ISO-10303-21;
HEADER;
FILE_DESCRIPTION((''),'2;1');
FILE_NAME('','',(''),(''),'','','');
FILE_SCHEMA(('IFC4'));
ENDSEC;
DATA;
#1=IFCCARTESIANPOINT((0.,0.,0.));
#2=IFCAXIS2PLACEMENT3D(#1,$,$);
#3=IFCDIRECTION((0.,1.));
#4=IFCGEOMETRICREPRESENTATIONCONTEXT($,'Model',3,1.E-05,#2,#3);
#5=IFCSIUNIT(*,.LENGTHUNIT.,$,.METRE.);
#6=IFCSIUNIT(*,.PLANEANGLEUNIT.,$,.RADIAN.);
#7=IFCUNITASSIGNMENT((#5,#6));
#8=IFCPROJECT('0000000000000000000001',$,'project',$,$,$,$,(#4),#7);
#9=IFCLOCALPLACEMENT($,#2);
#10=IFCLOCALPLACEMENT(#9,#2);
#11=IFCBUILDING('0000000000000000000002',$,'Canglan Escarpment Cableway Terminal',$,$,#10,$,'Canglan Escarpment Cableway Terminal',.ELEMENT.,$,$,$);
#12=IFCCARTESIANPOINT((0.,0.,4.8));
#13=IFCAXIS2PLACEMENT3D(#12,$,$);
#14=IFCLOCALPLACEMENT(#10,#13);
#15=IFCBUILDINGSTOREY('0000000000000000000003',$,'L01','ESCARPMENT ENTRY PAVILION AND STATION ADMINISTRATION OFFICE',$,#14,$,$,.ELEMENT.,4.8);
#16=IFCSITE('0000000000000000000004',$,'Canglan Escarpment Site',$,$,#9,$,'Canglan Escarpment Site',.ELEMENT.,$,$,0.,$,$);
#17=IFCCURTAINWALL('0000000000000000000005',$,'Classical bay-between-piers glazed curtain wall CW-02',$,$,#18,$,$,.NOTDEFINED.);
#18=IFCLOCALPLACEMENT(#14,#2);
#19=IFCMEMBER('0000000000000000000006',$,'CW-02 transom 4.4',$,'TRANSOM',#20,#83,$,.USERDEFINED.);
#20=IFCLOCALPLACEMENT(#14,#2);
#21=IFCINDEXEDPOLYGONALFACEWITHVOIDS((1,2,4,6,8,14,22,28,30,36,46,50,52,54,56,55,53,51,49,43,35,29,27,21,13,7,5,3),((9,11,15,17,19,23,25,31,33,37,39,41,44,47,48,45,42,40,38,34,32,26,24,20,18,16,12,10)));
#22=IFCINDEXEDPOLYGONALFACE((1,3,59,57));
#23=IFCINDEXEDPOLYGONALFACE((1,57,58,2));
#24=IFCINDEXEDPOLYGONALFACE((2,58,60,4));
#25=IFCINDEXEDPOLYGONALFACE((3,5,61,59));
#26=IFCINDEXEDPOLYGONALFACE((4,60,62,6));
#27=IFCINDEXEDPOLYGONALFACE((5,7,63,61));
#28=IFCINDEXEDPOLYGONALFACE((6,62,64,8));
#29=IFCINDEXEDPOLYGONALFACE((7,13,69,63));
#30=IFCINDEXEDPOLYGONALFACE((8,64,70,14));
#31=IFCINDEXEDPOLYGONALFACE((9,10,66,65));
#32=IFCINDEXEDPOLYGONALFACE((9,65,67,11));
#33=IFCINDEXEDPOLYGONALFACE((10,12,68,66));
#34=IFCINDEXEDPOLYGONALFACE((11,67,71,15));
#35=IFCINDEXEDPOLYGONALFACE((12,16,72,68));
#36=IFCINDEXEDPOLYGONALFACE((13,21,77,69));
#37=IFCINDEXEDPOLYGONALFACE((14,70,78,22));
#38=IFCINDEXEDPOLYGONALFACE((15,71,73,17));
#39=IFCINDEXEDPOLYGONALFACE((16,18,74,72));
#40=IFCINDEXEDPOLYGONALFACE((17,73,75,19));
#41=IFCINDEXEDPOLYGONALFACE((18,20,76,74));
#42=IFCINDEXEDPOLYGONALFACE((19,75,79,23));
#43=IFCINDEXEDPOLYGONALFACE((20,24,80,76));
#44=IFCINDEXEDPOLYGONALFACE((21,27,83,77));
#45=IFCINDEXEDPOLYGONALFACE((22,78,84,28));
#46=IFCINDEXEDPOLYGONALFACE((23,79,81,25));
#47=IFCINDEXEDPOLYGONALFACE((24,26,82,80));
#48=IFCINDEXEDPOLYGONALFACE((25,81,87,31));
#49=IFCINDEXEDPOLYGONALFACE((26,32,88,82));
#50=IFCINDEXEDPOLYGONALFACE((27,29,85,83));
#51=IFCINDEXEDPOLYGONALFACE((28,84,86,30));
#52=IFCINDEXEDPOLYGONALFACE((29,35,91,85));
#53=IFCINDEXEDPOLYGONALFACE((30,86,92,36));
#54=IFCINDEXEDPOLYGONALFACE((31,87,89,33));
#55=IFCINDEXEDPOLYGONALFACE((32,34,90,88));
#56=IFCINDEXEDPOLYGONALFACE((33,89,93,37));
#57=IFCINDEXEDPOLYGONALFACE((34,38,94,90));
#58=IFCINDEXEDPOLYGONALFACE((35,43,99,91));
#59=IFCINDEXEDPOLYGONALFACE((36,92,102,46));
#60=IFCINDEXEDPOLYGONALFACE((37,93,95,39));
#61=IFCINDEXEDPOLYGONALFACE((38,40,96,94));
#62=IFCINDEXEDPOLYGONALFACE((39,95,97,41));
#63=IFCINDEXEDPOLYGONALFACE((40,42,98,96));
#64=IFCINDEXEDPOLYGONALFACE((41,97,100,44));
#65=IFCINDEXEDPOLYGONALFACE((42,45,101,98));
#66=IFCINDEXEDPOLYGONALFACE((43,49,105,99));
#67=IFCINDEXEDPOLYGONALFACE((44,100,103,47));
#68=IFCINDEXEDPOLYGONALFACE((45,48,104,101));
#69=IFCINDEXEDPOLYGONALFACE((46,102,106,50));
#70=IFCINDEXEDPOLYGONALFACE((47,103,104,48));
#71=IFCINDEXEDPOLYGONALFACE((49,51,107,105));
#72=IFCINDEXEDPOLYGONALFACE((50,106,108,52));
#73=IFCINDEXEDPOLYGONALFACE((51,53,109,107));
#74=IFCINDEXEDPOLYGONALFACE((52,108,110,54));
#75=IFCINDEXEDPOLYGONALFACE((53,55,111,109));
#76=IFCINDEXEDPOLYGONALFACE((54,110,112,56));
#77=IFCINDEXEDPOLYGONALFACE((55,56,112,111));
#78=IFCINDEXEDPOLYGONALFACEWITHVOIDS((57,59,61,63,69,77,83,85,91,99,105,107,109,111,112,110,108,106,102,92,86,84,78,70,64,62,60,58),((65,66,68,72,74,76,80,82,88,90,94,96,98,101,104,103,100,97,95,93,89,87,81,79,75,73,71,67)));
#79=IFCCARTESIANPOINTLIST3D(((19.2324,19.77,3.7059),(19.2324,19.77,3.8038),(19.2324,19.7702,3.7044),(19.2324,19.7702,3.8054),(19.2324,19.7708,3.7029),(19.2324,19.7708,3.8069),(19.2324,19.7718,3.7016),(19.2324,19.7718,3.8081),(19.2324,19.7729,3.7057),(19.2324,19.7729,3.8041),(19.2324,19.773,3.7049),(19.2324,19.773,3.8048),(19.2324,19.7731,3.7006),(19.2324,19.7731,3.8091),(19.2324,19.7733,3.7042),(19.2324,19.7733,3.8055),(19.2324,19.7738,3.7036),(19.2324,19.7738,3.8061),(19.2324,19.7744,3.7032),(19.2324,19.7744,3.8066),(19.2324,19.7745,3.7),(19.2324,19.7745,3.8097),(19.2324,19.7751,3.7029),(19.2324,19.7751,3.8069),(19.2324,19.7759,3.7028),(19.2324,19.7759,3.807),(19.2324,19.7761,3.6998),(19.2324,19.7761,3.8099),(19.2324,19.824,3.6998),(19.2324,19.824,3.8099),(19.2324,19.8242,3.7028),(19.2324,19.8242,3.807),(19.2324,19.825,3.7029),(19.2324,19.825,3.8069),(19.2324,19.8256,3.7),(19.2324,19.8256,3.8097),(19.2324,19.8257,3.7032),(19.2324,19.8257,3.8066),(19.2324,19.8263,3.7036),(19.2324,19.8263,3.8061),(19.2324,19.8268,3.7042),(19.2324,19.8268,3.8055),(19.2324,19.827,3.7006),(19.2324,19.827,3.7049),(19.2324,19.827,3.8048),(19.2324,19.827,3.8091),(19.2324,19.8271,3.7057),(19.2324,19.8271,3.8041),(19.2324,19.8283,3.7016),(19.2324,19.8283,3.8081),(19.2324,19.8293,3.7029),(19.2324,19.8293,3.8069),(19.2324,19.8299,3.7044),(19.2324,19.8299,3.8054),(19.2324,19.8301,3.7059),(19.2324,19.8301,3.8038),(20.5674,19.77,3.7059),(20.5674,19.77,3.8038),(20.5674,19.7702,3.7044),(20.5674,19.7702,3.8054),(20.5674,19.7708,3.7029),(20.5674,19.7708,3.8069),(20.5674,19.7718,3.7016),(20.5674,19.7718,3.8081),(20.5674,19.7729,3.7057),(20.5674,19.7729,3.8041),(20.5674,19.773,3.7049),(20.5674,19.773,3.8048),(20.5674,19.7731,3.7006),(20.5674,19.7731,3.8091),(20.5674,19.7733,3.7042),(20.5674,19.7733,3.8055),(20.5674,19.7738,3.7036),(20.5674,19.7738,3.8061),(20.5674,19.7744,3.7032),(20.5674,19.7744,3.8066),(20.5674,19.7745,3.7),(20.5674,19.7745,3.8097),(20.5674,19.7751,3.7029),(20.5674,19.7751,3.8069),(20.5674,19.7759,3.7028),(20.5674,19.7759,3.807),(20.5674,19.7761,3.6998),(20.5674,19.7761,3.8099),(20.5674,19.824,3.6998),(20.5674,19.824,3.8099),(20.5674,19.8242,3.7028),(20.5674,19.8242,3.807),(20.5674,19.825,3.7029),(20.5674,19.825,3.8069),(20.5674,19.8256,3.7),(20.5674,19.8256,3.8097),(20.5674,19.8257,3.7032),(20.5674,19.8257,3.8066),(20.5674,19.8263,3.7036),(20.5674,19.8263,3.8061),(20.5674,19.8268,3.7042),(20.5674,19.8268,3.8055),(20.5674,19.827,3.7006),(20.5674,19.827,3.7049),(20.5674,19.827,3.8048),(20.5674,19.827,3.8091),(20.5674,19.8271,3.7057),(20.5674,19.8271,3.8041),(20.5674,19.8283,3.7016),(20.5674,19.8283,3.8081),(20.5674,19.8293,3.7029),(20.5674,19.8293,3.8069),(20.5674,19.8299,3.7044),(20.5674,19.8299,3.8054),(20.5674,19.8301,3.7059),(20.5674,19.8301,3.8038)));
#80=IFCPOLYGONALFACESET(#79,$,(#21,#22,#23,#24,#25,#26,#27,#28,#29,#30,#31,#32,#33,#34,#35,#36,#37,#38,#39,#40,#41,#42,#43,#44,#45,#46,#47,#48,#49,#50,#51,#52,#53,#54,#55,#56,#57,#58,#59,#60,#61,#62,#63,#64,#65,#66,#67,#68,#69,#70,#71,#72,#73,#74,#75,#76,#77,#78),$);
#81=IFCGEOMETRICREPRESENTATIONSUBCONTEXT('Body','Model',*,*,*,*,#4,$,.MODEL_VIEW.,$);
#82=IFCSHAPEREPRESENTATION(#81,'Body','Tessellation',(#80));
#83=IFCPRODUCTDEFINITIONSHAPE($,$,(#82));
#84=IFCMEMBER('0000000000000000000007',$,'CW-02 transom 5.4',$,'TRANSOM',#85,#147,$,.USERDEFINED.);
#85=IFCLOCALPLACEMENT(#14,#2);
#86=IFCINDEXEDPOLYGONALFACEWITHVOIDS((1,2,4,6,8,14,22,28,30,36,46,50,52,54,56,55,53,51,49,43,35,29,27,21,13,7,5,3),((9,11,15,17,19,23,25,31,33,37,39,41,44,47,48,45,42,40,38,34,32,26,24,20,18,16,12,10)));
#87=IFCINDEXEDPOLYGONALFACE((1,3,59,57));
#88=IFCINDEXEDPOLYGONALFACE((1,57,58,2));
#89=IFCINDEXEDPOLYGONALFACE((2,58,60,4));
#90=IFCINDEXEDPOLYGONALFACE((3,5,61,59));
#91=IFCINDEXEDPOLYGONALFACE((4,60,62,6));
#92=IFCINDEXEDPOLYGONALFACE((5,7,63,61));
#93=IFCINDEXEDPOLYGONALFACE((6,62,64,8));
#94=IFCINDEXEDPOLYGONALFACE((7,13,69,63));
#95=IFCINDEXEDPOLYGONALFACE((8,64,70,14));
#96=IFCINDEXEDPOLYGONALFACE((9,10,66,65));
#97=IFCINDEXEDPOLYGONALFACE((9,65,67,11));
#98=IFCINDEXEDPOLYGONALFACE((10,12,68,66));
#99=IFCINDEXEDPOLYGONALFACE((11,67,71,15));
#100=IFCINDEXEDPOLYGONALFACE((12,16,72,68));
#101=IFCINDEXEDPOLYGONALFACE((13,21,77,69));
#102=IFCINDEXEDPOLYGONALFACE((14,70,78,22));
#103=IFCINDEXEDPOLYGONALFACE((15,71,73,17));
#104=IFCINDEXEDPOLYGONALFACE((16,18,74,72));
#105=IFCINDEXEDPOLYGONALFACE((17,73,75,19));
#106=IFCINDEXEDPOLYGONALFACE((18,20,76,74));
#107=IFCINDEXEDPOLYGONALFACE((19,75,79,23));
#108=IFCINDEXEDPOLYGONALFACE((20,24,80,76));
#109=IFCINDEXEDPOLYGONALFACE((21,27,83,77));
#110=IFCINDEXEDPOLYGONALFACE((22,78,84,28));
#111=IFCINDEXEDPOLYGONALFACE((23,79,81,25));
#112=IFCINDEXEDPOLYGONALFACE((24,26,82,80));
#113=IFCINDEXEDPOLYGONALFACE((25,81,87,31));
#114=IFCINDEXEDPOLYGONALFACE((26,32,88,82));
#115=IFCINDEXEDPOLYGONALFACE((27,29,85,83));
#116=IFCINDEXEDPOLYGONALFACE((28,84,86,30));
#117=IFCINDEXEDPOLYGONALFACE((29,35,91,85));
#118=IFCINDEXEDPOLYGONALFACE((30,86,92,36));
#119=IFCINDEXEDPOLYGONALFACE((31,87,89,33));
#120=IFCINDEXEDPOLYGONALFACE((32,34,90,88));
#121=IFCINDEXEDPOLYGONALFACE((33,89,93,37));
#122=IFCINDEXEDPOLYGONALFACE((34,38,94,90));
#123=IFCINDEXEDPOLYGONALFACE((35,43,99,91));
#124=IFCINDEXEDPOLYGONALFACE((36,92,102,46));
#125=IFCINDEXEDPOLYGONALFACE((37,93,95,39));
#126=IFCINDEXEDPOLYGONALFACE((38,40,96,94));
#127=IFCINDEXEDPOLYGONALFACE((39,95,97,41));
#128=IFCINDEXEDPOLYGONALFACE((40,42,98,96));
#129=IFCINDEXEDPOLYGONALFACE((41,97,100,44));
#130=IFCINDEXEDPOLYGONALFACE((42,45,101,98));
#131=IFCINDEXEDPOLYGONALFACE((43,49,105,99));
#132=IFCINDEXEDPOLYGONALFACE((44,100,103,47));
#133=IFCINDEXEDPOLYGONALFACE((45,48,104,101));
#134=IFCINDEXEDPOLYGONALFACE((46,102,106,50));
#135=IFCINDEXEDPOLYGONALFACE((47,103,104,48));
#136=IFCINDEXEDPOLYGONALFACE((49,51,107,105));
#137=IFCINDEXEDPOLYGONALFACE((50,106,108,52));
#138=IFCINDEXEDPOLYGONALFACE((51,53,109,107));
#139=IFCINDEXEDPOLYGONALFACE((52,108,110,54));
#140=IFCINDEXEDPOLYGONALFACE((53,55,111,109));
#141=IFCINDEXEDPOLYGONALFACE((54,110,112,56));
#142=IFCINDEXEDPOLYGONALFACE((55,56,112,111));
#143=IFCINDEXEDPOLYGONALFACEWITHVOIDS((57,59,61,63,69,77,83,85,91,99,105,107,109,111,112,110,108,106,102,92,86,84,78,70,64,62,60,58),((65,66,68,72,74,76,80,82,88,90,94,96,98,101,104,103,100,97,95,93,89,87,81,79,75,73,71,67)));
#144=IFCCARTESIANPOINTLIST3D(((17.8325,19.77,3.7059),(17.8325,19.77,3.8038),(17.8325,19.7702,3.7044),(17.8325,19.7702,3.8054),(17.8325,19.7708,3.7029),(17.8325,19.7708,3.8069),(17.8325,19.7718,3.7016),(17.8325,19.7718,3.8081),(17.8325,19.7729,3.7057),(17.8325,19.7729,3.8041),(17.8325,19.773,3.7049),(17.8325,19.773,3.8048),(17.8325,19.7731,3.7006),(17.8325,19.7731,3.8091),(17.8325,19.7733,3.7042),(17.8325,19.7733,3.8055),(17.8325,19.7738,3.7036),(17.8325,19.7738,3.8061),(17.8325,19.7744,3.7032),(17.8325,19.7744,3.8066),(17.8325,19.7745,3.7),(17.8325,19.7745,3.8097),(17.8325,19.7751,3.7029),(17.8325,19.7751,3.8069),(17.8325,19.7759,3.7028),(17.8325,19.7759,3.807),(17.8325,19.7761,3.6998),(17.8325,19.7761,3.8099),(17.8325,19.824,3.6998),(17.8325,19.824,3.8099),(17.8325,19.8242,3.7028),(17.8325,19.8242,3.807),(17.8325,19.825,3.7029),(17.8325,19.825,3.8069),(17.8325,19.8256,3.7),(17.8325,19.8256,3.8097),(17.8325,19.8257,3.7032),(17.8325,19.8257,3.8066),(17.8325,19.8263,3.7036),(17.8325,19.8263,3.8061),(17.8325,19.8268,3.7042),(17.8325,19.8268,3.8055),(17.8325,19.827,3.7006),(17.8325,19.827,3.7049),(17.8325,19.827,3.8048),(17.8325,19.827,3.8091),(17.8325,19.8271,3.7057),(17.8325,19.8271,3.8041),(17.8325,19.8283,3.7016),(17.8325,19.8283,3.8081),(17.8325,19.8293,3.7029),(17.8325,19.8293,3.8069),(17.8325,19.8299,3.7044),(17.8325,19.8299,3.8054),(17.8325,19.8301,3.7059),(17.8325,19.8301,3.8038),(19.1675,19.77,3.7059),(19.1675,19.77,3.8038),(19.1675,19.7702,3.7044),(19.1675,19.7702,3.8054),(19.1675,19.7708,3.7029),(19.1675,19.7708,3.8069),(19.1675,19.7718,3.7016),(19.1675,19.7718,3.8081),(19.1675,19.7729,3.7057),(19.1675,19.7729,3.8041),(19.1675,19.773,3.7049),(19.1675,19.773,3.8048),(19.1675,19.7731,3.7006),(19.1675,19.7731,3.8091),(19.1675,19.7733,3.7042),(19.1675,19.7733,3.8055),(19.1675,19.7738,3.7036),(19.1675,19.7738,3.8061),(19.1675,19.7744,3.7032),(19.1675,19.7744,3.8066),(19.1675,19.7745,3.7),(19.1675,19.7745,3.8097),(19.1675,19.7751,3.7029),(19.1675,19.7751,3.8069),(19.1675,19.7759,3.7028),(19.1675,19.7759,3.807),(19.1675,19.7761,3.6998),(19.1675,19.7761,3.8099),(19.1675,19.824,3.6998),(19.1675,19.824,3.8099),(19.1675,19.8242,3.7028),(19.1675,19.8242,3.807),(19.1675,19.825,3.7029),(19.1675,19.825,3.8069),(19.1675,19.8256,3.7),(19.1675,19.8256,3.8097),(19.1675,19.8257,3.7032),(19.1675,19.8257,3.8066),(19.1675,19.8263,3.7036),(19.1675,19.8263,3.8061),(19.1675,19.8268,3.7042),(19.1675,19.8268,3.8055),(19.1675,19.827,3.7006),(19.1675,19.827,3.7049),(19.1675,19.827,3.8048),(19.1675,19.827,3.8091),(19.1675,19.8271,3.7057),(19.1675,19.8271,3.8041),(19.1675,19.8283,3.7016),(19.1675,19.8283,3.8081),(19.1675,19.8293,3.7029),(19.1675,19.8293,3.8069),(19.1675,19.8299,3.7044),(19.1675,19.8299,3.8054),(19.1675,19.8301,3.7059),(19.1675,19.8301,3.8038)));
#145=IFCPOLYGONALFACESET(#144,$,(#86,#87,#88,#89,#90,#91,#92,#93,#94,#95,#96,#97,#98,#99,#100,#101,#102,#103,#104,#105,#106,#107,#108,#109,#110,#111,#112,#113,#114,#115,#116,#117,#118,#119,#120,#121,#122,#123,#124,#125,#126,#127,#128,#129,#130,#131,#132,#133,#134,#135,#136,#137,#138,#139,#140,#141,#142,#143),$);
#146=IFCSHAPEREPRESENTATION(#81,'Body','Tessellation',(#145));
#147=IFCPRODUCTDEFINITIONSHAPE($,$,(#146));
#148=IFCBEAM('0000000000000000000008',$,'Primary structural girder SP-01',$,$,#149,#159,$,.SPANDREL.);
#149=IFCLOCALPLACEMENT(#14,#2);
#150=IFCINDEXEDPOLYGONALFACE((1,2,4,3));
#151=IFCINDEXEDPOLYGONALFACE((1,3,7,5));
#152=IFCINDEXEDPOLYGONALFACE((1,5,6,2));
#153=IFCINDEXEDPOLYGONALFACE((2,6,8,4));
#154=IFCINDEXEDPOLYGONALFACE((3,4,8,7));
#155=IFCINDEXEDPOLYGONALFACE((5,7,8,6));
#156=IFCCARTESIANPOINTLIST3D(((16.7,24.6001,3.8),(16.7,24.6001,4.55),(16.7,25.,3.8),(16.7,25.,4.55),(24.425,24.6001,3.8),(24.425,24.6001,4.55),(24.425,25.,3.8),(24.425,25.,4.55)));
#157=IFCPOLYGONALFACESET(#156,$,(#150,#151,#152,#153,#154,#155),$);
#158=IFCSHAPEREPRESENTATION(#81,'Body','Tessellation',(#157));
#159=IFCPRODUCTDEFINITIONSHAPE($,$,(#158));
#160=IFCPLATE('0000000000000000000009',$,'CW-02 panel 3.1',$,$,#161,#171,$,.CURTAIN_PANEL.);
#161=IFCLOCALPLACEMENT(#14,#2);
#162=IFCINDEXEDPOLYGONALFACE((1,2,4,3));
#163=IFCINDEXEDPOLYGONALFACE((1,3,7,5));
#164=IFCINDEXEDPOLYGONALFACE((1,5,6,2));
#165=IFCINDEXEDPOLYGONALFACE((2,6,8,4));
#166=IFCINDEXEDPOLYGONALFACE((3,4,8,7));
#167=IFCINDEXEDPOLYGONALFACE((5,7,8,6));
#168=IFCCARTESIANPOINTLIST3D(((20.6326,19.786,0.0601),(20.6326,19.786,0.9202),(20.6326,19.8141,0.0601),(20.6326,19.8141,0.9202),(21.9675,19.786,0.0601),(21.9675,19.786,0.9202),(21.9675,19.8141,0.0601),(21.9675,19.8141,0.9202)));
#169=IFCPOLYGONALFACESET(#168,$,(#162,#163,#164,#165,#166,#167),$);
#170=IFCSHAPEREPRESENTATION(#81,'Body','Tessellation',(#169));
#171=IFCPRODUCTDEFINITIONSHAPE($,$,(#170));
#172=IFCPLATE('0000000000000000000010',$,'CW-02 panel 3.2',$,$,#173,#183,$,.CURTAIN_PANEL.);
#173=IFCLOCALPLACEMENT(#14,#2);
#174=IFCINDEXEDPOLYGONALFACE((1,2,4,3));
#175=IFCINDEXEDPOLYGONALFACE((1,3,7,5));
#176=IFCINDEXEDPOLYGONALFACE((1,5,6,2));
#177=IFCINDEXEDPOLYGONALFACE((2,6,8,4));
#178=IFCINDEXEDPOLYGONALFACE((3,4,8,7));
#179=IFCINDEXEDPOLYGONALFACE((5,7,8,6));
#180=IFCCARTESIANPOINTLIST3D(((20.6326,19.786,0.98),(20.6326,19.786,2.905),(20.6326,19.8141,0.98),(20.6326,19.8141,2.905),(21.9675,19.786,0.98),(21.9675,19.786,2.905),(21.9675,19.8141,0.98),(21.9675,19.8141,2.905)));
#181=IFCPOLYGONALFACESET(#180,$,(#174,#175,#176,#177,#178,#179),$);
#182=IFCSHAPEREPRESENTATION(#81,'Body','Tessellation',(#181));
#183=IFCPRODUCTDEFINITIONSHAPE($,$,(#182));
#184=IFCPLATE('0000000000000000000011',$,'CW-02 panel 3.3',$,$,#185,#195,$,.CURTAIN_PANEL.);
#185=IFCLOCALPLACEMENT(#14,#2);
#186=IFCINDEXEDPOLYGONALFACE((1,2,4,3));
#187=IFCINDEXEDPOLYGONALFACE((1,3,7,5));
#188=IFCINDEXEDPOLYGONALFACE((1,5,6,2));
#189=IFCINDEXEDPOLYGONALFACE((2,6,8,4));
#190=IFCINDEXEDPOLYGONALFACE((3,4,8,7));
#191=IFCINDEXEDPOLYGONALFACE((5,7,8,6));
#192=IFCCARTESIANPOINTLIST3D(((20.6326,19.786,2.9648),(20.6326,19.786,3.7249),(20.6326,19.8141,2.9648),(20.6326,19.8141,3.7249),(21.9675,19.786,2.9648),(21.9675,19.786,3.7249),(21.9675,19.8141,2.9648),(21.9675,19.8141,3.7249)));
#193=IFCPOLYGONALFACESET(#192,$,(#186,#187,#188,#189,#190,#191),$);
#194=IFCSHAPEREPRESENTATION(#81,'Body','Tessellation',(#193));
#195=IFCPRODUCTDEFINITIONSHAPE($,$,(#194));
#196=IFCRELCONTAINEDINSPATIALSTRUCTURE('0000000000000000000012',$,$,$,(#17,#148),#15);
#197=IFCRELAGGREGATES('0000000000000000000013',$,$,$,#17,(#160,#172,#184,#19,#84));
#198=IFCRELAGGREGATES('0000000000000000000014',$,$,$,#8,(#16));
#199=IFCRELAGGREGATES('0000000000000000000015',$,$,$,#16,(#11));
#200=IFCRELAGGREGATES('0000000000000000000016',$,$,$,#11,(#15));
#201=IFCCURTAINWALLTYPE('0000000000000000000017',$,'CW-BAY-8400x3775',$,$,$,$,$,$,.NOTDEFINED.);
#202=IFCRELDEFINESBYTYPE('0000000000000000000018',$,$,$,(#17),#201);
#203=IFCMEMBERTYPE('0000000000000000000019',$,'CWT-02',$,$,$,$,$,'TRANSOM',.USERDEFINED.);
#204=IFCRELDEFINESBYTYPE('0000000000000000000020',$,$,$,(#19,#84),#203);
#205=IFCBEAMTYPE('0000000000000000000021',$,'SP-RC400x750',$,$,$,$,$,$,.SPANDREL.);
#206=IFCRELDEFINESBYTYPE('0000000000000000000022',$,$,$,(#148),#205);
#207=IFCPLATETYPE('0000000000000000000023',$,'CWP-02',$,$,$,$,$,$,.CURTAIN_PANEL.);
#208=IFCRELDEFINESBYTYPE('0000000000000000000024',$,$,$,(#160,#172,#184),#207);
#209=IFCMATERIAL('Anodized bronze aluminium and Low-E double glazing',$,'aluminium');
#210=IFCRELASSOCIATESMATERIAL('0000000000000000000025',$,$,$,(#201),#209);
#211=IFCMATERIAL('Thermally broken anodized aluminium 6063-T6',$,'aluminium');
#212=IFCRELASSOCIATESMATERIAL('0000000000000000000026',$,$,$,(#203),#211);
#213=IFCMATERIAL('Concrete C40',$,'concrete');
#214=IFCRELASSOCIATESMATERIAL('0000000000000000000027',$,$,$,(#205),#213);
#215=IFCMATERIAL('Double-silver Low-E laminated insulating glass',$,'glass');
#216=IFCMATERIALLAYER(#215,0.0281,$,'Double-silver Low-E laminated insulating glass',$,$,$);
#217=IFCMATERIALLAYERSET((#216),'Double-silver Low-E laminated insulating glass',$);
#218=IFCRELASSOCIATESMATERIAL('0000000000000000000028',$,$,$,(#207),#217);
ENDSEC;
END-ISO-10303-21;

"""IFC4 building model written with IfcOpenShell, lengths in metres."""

from ifc_helpers import new_model, si_unit, direction, frame, origin, origin_2d, place, context, subcontext, project, spatial, rectangle, hollow_rectangle, extrude, material, layer, layer_set, material_profile, profile_set, type_object, element, aggregate, save


model = new_model("IFC4")

# Units and contexts
model_context = context("Model", 3, precision=1e-05, world=origin(), true_north=direction((0.0, 1.0)))
body_context = subcontext(model_context, "Body", "Model", "MODEL_VIEW")
ifc_project = project(units=[si_unit("LENGTHUNIT", "METRE"), si_unit("PLANEANGLEUNIT", "RADIAN")], contexts=[model_context])

# Site, building, storey
site_placement = place(None, origin())
site = spatial("IfcSite", under=ifc_project, at=site_placement, Name="Canglan Escarpment Site", LongName="Canglan Escarpment Site", CompositionType="ELEMENT", RefElevation=0.0)
building_placement = place(site_placement, origin())
building = spatial("IfcBuilding", under=site, at=building_placement, Name="Canglan Escarpment Cableway Terminal", LongName="Canglan Escarpment Cableway Terminal", CompositionType="ELEMENT")
storey_placement = place(building_placement, frame((0.0, 0.0, 4.8)))
storey = spatial("IfcBuildingStorey", under=building, at=storey_placement, Name="L01", Description="ESCARPMENT ENTRY PAVILION AND STATION ADMINISTRATION OFFICE", CompositionType="ELEMENT", Elevation=4.8)

# Curtain wall, members
ifc_material_1 = material(Name="Anodized bronze aluminium and Low-E double glazing", Category="aluminium")
curtain_wall_type = type_object("IfcCurtainWallType", Name="CW-BAY-8400x3775", PredefinedType="NOTDEFINED", material=ifc_material_1)
curtain_wall_placement = place(storey_placement, origin())
curtain_wall = element("IfcCurtainWall", 1, at=curtain_wall_placement, inside=storey, type_object=curtain_wall_type, Name="Classical bay-between-piers glazed curtain wall CW-02", PredefinedType="NOTDEFINED")
ifc_material_2 = material(Name="Thermally broken anodized aluminium 6063-T6", Category="aluminium")
ifc_material_profile_1 = material_profile(ifc_material_2, hollow_rectangle(XDim=0.0601, YDim=0.1101, WallThickness=0.0029, InnerFilletRadius=0.0029, OuterFilletRadius=0.0061, at=origin_2d()), Name="ALU-TRAN 60x110x3")
ifc_profile_set_1 = profile_set([ifc_material_profile_1], Name="Thermally broken anodized aluminium 6063-T6")
member_type_1 = type_object("IfcMemberType", Name="CWT-02", ElementType="TRANSOM", PredefinedType="USERDEFINED", material=ifc_profile_set_1)
member_1_placement = place(storey_placement, frame((20.5674, 19.8, 3.7549), z_axis=(-1.0, 0.0, 0.0), x_axis=(0.0, -1.0, 0.0)))
member_1 = element("IfcMember", 2, at=member_1_placement, type_object=member_type_1, Name="CW-02 transom 4.4", ObjectType="TRANSOM", PredefinedType="USERDEFINED", context=body_context, shape_type="SweptSolid", body=[
    extrude(hollow_rectangle(XDim=0.0601, YDim=0.1101, WallThickness=0.0029, InnerFilletRadius=0.0029, OuterFilletRadius=0.0061, at=origin_2d()), origin(), (0.0, 0.0, 1.0), 1.335),
])
member_2_placement = place(storey_placement, frame((19.1675, 19.8, 3.7549), z_axis=(-1.0, 0.0, 0.0), x_axis=(0.0, -1.0, 0.0)))
member_2 = element("IfcMember", 3, at=member_2_placement, type_object=member_type_1, Name="CW-02 transom 5.4", ObjectType="TRANSOM", PredefinedType="USERDEFINED", context=body_context, shape_type="SweptSolid", body=[
    extrude(hollow_rectangle(XDim=0.0601, YDim=0.1101, WallThickness=0.0029, InnerFilletRadius=0.0029, OuterFilletRadius=0.0061, at=origin_2d()), origin(), (0.0, 0.0, 1.0), 1.335),
])

# Beam
ifc_material_3 = material(Name="Concrete C40", Category="concrete")
ifc_material_profile_2 = material_profile(ifc_material_3, rectangle(XDim=0.3999, YDim=0.75, at=origin_2d()), Name="RC 400x750")
ifc_profile_set_2 = profile_set([ifc_material_profile_2], Name="Concrete C40")
beam_type = type_object("IfcBeamType", Name="SP-RC400x750", PredefinedType="SPANDREL", material=ifc_profile_set_2)
beam_placement = place(storey_placement, frame((16.7, 24.8, 4.175), z_axis=(1.0, 0.0, 0.0), x_axis=(0.0, 1.0, 0.0)))
element("IfcBeam", 4, at=beam_placement, inside=storey, type_object=beam_type, Name="Primary structural girder SP-01", PredefinedType="SPANDREL", context=body_context, shape_type="SweptSolid", body=[
    extrude(rectangle(XDim=0.3999, YDim=0.75, at=origin_2d()), origin(), (0.0, 0.0, 1.0), 7.7251),
])

# Plates
ifc_material_4 = material(Name="Double-silver Low-E laminated insulating glass", Category="glass")
ifc_layer_1 = layer(ifc_material_4, 0.0281, Name="Double-silver Low-E laminated insulating glass")
ifc_layer_set_1 = layer_set([ifc_layer_1], Name="Double-silver Low-E laminated insulating glass")
plate_type = type_object("IfcPlateType", Name="CWP-02", PredefinedType="CURTAIN_PANEL", material=ifc_layer_set_1)
plate_1_placement = place(storey_placement, frame((21.3, 19.8, 0.0601), z_axis=(0.0, 0.0, 1.0), x_axis=(-1.0, 0.0, 0.0)))
plate_1 = element("IfcPlate", 5, at=plate_1_placement, type_object=plate_type, Name="CW-02 panel 3.1", PredefinedType="CURTAIN_PANEL", context=body_context, shape_type="SweptSolid", body=[
    extrude(rectangle(XDim=1.335, YDim=0.0281, at=origin_2d()), origin(), (0.0, 0.0, 1.0), 0.8601),
])
plate_2_placement = place(storey_placement, frame((21.3, 19.8, 0.98), z_axis=(0.0, 0.0, 1.0), x_axis=(-1.0, 0.0, 0.0)))
plate_2 = element("IfcPlate", 6, at=plate_2_placement, type_object=plate_type, Name="CW-02 panel 3.2", PredefinedType="CURTAIN_PANEL", context=body_context, shape_type="SweptSolid", body=[
    extrude(rectangle(XDim=1.335, YDim=0.0281, at=origin_2d()), origin(), (0.0, 0.0, 1.0), 1.925),
])
plate_3_placement = place(storey_placement, frame((21.3, 19.8, 2.9648), z_axis=(0.0, 0.0, 1.0), x_axis=(-1.0, 0.0, 0.0)))
plate_3 = element("IfcPlate", 7, at=plate_3_placement, type_object=plate_type, Name="CW-02 panel 3.3", PredefinedType="CURTAIN_PANEL", context=body_context, shape_type="SweptSolid", body=[
    extrude(rectangle(XDim=1.335, YDim=0.0281, at=origin_2d()), origin(), (0.0, 0.0, 1.0), 0.76),
])
aggregate(curtain_wall, [plate_1, plate_2, plate_3, member_1, member_2])

save(model, "model.ifc")
